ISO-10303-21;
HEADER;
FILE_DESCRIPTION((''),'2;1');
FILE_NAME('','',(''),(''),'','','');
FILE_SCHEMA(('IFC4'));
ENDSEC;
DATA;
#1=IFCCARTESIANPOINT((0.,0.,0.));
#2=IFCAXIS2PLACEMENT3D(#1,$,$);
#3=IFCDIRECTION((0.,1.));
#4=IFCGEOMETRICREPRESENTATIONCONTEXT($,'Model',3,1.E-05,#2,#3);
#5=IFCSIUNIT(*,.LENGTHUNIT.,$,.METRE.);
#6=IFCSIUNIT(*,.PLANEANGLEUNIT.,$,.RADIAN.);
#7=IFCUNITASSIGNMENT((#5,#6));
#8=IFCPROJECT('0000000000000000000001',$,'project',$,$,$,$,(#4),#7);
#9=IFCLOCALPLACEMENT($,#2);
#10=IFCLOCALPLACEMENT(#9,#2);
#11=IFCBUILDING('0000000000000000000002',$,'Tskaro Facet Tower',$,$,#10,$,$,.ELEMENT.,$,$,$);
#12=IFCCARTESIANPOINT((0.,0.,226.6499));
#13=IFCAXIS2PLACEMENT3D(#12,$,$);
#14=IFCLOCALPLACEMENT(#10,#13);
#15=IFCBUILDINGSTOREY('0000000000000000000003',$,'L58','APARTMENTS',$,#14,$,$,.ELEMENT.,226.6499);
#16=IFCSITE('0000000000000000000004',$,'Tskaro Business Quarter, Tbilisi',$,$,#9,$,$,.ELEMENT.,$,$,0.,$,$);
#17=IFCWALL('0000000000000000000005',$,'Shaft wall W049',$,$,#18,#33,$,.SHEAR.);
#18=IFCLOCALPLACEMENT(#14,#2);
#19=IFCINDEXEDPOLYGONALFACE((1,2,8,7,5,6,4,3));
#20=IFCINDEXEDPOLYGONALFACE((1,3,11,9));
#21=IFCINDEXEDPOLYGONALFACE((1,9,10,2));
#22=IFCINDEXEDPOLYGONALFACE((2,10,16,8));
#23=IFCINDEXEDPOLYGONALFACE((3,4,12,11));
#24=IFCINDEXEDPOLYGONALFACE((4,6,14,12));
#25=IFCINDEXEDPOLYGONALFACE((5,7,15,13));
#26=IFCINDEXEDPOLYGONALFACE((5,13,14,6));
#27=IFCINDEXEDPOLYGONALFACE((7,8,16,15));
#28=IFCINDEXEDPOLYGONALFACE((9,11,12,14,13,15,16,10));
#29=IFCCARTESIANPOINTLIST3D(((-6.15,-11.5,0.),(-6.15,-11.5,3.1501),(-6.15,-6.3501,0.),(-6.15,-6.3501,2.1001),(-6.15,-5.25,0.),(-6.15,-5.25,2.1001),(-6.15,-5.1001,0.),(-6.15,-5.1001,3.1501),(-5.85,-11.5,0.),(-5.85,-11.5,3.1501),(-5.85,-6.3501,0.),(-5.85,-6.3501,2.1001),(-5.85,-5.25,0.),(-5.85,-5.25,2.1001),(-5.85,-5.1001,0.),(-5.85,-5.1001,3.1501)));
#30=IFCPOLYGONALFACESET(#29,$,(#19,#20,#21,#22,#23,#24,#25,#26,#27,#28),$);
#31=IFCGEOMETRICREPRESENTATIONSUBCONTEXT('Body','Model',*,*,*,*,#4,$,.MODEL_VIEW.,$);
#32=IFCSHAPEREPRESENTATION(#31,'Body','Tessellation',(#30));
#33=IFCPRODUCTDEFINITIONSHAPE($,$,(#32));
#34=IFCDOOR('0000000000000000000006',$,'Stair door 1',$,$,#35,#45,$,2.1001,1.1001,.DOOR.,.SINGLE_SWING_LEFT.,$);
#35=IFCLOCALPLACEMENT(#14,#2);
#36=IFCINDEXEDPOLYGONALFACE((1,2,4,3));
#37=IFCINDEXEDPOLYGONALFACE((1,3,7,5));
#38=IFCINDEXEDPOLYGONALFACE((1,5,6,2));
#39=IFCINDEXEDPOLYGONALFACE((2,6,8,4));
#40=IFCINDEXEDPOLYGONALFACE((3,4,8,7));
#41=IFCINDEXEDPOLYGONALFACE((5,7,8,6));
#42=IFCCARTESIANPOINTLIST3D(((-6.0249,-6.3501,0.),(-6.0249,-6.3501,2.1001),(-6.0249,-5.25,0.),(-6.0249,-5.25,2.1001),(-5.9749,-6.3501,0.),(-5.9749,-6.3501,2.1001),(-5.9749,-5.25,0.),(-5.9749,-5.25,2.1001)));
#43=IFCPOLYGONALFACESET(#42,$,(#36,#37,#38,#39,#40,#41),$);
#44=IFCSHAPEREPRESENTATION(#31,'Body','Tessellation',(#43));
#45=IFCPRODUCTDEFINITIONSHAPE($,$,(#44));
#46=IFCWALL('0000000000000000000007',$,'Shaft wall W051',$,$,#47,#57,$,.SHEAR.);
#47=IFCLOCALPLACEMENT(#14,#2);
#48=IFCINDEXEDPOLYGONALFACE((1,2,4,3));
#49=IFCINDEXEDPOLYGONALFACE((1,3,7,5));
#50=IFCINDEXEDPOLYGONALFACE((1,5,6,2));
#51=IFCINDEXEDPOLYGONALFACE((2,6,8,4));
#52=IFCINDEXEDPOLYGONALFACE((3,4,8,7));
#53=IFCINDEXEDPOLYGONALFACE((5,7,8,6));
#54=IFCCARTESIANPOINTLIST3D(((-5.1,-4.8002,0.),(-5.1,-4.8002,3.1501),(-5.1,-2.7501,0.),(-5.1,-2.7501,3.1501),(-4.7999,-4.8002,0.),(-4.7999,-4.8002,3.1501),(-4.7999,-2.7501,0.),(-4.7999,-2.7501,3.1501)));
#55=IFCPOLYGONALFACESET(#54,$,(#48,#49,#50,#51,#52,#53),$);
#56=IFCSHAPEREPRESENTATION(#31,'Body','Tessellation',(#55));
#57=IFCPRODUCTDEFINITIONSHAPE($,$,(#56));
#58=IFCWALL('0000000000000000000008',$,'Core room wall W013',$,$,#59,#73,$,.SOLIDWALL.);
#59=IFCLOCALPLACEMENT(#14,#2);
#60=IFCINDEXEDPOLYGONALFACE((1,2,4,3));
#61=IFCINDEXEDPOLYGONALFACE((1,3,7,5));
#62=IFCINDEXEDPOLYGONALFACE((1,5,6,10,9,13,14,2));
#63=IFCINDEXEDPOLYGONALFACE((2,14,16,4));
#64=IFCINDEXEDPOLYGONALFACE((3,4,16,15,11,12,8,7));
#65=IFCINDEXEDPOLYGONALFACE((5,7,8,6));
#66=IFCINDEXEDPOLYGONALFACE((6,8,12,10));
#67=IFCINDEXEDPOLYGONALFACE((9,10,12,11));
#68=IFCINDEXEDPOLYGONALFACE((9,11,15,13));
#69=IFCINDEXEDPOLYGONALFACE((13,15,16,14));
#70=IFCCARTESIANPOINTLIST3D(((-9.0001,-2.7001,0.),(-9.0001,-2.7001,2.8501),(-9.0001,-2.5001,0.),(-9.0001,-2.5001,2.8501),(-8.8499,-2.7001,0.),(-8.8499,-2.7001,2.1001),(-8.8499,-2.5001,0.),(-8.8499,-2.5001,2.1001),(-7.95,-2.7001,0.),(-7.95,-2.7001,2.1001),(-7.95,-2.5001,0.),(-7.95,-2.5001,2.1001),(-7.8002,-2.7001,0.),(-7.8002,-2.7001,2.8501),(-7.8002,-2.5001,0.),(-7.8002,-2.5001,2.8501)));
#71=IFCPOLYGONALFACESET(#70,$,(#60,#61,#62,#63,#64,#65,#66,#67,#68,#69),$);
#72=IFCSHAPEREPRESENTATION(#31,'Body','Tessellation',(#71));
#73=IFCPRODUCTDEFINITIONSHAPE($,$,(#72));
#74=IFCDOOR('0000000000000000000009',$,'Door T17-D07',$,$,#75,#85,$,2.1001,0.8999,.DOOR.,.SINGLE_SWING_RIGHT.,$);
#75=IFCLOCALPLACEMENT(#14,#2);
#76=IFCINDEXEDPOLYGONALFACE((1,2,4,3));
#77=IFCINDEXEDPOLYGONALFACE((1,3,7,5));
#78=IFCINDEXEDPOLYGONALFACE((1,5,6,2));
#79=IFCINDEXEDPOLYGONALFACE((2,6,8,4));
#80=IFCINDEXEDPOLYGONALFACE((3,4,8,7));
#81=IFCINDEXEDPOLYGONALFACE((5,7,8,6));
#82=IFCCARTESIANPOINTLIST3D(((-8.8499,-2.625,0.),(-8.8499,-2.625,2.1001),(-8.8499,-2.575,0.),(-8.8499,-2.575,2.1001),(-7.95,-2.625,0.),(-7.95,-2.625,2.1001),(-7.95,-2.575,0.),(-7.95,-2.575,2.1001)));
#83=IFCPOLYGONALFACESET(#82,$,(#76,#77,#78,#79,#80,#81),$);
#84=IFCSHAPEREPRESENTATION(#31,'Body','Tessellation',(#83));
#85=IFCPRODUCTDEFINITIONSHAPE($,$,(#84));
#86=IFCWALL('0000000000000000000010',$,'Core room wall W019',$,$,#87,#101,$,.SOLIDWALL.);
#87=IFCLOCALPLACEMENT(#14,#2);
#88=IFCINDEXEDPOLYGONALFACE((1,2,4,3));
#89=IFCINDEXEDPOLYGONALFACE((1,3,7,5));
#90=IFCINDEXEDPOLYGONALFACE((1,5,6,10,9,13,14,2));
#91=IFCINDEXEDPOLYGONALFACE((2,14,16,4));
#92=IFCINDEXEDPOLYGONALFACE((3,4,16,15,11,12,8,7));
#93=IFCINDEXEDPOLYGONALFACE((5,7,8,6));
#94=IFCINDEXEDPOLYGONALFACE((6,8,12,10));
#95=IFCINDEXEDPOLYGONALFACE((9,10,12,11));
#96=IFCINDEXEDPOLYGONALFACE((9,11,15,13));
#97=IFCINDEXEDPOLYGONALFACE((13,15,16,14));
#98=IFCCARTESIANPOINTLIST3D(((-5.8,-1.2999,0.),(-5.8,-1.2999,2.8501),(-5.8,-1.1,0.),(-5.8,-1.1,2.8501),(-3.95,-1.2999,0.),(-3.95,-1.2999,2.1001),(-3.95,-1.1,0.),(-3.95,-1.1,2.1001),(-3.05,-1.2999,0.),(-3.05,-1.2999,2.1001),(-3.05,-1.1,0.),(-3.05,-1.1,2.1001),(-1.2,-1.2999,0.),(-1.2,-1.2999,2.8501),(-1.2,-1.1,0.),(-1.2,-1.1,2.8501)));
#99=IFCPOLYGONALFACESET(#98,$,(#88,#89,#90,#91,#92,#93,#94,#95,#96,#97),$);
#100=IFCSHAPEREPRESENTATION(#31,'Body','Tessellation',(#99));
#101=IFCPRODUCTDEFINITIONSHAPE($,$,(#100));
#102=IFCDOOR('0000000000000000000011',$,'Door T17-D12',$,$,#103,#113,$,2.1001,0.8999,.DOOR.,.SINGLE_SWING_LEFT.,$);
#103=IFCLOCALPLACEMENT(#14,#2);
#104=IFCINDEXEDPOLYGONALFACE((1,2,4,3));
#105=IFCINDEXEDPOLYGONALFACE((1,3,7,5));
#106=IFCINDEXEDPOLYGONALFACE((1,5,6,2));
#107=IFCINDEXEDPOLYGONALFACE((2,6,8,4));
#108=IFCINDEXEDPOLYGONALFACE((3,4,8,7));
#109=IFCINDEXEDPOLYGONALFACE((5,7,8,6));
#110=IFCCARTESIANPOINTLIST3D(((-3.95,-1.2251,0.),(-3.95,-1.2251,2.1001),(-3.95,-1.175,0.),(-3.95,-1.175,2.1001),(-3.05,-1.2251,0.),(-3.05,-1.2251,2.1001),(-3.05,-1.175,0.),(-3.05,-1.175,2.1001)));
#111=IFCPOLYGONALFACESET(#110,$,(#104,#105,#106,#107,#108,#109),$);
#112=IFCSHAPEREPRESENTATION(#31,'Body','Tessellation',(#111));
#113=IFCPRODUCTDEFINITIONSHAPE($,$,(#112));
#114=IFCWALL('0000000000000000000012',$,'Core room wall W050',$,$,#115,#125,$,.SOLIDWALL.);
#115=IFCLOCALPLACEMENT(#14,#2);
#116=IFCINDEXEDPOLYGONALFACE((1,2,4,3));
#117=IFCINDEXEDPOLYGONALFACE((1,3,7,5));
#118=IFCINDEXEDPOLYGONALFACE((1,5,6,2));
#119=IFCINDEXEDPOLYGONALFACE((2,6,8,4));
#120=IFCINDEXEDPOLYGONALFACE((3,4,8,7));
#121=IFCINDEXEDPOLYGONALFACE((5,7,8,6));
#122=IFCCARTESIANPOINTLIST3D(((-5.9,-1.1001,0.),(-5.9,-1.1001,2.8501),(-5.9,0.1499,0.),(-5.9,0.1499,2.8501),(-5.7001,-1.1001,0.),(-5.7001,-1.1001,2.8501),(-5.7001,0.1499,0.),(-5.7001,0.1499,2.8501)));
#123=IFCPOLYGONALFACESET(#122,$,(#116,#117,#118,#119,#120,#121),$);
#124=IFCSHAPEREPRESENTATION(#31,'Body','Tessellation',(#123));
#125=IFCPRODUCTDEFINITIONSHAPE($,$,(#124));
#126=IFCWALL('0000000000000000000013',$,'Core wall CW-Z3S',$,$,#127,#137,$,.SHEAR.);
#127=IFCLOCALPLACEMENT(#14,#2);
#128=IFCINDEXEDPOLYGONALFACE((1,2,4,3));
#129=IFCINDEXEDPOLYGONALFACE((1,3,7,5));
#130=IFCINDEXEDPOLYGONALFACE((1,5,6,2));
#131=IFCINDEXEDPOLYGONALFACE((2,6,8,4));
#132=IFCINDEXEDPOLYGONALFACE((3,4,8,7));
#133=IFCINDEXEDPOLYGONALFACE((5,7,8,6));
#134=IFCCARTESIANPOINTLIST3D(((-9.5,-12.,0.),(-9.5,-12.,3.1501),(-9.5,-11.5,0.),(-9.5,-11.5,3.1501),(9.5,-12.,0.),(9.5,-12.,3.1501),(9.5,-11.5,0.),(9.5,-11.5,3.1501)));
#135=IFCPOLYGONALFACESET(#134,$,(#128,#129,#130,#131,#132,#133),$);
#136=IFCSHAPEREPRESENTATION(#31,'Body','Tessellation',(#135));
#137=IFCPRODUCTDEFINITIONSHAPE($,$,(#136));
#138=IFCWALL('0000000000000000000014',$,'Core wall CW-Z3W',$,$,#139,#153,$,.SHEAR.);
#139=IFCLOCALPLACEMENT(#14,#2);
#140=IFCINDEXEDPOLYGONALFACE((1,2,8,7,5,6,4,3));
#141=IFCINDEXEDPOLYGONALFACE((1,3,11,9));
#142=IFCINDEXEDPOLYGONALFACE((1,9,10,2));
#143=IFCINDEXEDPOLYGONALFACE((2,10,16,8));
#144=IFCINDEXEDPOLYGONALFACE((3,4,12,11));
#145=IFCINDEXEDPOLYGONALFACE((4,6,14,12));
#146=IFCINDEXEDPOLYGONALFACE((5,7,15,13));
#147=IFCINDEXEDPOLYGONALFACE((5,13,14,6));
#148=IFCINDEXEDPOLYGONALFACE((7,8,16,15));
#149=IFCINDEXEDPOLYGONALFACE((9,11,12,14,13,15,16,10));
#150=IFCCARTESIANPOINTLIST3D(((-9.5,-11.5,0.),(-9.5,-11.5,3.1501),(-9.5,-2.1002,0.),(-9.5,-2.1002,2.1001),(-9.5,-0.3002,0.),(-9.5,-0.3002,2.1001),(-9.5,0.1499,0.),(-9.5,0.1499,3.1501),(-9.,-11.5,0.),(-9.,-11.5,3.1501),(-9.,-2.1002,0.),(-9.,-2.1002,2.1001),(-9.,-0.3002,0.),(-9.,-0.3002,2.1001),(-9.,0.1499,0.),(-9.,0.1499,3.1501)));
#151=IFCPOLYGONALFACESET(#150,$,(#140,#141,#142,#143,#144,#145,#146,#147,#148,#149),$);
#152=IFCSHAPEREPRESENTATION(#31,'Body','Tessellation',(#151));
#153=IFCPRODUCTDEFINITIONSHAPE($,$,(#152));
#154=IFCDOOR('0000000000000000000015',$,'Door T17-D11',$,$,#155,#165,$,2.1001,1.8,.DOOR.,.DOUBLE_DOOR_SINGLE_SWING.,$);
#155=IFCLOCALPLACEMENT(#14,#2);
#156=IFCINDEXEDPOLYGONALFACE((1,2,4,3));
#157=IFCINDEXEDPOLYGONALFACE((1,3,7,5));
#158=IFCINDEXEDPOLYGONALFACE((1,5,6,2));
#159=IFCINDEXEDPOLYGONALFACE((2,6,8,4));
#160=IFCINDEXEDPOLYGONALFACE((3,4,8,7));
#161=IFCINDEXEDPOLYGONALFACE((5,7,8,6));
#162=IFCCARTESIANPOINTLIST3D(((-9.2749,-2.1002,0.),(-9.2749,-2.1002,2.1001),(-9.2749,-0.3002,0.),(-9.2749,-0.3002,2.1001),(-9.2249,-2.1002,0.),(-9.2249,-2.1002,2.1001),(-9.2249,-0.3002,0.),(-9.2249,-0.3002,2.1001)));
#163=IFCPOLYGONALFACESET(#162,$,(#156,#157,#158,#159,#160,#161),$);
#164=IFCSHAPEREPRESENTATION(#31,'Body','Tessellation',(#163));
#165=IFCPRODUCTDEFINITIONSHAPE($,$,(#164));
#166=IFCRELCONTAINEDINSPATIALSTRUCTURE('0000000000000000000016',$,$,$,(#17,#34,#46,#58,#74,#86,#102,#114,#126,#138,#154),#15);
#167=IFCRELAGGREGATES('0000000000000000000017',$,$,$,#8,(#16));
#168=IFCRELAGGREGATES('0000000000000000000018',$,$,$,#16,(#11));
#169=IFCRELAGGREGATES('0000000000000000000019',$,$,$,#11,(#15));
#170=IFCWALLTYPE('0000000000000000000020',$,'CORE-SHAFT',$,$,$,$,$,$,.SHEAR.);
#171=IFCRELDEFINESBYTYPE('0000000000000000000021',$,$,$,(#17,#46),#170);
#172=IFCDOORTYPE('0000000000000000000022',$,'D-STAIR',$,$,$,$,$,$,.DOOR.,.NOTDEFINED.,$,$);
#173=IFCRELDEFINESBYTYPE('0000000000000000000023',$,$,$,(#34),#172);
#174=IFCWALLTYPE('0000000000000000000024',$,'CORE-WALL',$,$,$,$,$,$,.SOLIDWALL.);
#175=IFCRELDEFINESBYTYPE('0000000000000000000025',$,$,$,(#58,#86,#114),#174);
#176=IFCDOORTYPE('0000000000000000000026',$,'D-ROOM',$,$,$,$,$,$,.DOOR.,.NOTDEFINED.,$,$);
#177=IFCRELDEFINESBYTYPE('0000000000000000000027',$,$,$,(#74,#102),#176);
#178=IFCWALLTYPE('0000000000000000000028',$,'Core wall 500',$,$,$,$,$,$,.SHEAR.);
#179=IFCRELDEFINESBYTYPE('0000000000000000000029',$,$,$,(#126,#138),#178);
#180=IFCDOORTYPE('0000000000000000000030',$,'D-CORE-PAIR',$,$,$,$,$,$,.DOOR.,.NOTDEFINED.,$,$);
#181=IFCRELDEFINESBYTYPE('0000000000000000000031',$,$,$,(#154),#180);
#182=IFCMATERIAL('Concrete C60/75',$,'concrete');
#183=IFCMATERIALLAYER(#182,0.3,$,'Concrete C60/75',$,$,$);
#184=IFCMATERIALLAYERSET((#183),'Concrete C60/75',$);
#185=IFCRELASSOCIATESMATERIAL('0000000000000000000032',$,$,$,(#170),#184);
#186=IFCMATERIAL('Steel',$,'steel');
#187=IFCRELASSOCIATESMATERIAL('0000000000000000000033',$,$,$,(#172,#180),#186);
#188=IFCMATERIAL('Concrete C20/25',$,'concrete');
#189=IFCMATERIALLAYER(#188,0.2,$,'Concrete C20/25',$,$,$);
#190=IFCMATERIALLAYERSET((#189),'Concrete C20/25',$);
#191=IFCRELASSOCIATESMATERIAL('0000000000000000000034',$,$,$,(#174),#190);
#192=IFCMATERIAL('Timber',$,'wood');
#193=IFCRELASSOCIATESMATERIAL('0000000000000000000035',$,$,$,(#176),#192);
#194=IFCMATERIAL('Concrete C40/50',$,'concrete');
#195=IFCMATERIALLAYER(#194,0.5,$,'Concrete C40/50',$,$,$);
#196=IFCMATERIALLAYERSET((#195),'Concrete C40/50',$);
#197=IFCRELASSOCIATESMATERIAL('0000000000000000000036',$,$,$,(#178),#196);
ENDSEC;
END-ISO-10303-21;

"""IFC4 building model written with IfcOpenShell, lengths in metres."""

from ifc_helpers import new_model, si_unit, direction, frame, frame_2d, origin, place, context, subcontext, project, spatial, rectangle, extrude, material, layer, layer_set, type_object, element, fill, save


model = new_model("IFC4")

# Units and contexts
model_context = context("Model", 3, precision=1e-05, world=origin(), true_north=direction((0.0, 1.0)))
body_context = subcontext(model_context, "Body", "Model", "MODEL_VIEW")
ifc_project = project(units=[si_unit("LENGTHUNIT", "METRE"), si_unit("PLANEANGLEUNIT", "RADIAN")], contexts=[model_context])

# Site, building, storey
site_placement = place(None, origin())
site = spatial("IfcSite", under=ifc_project, at=site_placement, Name="Tskaro Business Quarter, Tbilisi", CompositionType="ELEMENT", RefElevation=0.0)
building_placement = place(site_placement, origin())
building = spatial("IfcBuilding", under=site, at=building_placement, Name="Tskaro Facet Tower", CompositionType="ELEMENT")
storey_placement = place(building_placement, frame((0.0, 0.0, 226.6499)))
storey = spatial("IfcBuildingStorey", under=building, at=storey_placement, Name="L58", Description="APARTMENTS", CompositionType="ELEMENT", Elevation=226.6499)

# Shared definitions
ifc_material_1 = material(Name="Concrete C60/75", Category="concrete")
ifc_layer_1 = layer(ifc_material_1, 0.3, Name="Concrete C60/75")
ifc_layer_set_1 = layer_set([ifc_layer_1], Name="Concrete C60/75")
wall_type_1 = type_object("IfcWallType", Name="CORE-SHAFT", PredefinedType="SHEAR", material=ifc_layer_set_1)

# Wall, opening, door
wall_1_placement = place(storey_placement, frame((-6.0, -11.5, 0.0), z_axis=(0.0, 0.0, 1.0), x_axis=(0.0, 1.0, 0.0)))
wall_1 = element("IfcWall", 1, at=wall_1_placement, inside=storey, type_object=wall_type_1, Name="Shaft wall W049", PredefinedType="SHEAR", context=body_context, shape_type="SweptSolid", body=[
    extrude(rectangle(XDim=6.3999, YDim=0.3, at=frame_2d((3.2, 0.0))), origin(), (0.0, 0.0, 1.0), 3.1501),
])
opening_1_placement = place(wall_1_placement, frame((5.1499, 0.0, 0.0)))
opening_1 = element("IfcOpeningElement", 2, at=opening_1_placement, cuts=wall_1, PredefinedType="OPENING", context=body_context, shape_type="SweptSolid", body=[
    extrude(rectangle(XDim=1.1001, YDim=2.1001, at=frame_2d((0.55, 1.05))), frame((0.0, 0.1599, 0.0), z_axis=(0.0, -1.0, 0.0), x_axis=(1.0, 0.0, 0.0)), (0.0, 0.0, 1.0), 0.3201),
])
ifc_material_2 = material(Name="Steel", Category="steel")
door_type_1 = type_object("IfcDoorType", Name="D-STAIR", OperationType="NOTDEFINED", PredefinedType="DOOR", material=ifc_material_2)
door_1_placement = place(opening_1_placement, origin())
door_1 = element("IfcDoor", 3, at=door_1_placement, inside=storey, type_object=door_type_1, Name="Stair door 1", OperationType="SINGLE_SWING_LEFT", OverallHeight=2.1001, OverallWidth=1.1001, PredefinedType="DOOR", context=body_context, shape_type="SweptSolid", body=[
    extrude(rectangle(XDim=1.1001, YDim=2.1001, at=frame_2d((0.55, 1.05))), frame((0.0, 0.0249, 0.0), z_axis=(0.0, -1.0, 0.0), x_axis=(1.0, 0.0, 0.0)), (0.0, 0.0, 1.0), 0.05),
])
fill(opening_1, door_1)

# Wall
wall_2_placement = place(storey_placement, frame((-4.95, -4.8, 0.0), z_axis=(0.0, 0.0, 1.0), x_axis=(0.0, 1.0, 0.0)))
element("IfcWall", 4, at=wall_2_placement, inside=storey, type_object=wall_type_1, Name="Shaft wall W051", PredefinedType="SHEAR", context=body_context, shape_type="SweptSolid", body=[
    extrude(rectangle(XDim=2.05, YDim=0.3, at=frame_2d((1.0249, 0.0))), origin(), (0.0, 0.0, 1.0), 3.1501),
])

# Walls, openings, doors
ifc_material_3 = material(Name="Concrete C20/25", Category="concrete")
ifc_layer_2 = layer(ifc_material_3, 0.2, Name="Concrete C20/25")
ifc_layer_set_2 = layer_set([ifc_layer_2], Name="Concrete C20/25")
wall_type_2 = type_object("IfcWallType", Name="CORE-WALL", PredefinedType="SOLIDWALL", material=ifc_layer_set_2)
wall_3_placement = place(storey_placement, frame((-7.8, -2.6001, 0.0), z_axis=(0.0, 0.0, 1.0), x_axis=(-1.0, 0.0, 0.0)))
wall_3 = element("IfcWall", 5, at=wall_3_placement, inside=storey, type_object=wall_type_2, Name="Core room wall W013", PredefinedType="SOLIDWALL", context=body_context, shape_type="SweptSolid", body=[
    extrude(rectangle(XDim=1.2, YDim=0.2, at=frame_2d((0.6001, 0.0))), origin(), (0.0, 0.0, 1.0), 2.8501),
])
opening_2_placement = place(wall_3_placement, frame((0.1499, 0.0, 0.0)))
opening_2 = element("IfcOpeningElement", 6, at=opening_2_placement, cuts=wall_3, PredefinedType="OPENING", context=body_context, shape_type="SweptSolid", body=[
    extrude(rectangle(XDim=0.8999, YDim=2.1001, at=frame_2d((0.45, 1.05))), frame((0.0, 0.1099, 0.0), z_axis=(0.0, -1.0, 0.0), x_axis=(1.0, 0.0, 0.0)), (0.0, 0.0, 1.0), 0.22),
])
ifc_material_4 = material(Name="Timber", Category="wood")
door_type_2 = type_object("IfcDoorType", Name="D-ROOM", OperationType="NOTDEFINED", PredefinedType="DOOR", material=ifc_material_4)
door_2_placement = place(opening_2_placement, origin())
door_2 = element("IfcDoor", 7, at=door_2_placement, inside=storey, type_object=door_type_2, Name="Door T17-D07", OperationType="SINGLE_SWING_RIGHT", OverallHeight=2.1001, OverallWidth=0.8999, PredefinedType="DOOR", context=body_context, shape_type="SweptSolid", body=[
    extrude(rectangle(XDim=0.8999, YDim=2.1001, at=frame_2d((0.45, 1.05))), frame((0.0, 0.0249, 0.0), z_axis=(0.0, -1.0, 0.0), x_axis=(1.0, 0.0, 0.0)), (0.0, 0.0, 1.0), 0.05),
])
fill(opening_2, door_2)
wall_4_placement = place(storey_placement, frame((-5.8, -1.2, 0.0), z_axis=(0.0, 0.0, 1.0), x_axis=(1.0, 0.0, 0.0)))
wall_4 = element("IfcWall", 8, at=wall_4_placement, inside=storey, type_object=wall_type_2, Name="Core room wall W019", PredefinedType="SOLIDWALL", context=body_context, shape_type="SweptSolid", body=[
    extrude(rectangle(XDim=4.6001, YDim=0.2, at=frame_2d((2.3, 0.0))), origin(), (0.0, 0.0, 1.0), 2.8501),
])
opening_3_placement = place(wall_4_placement, frame((1.8501, 0.0, 0.0)))
opening_3 = element("IfcOpeningElement", 9, at=opening_3_placement, cuts=wall_4, PredefinedType="OPENING", context=body_context, shape_type="SweptSolid", body=[
    extrude(rectangle(XDim=0.8999, YDim=2.1001, at=frame_2d((0.45, 1.05))), frame((0.0, 0.1099, 0.0), z_axis=(0.0, -1.0, 0.0), x_axis=(1.0, 0.0, 0.0)), (0.0, 0.0, 1.0), 0.22),
])
door_3_placement = place(opening_3_placement, origin())
door_3 = element("IfcDoor", 10, at=door_3_placement, inside=storey, type_object=door_type_2, Name="Door T17-D12", OperationType="SINGLE_SWING_LEFT", OverallHeight=2.1001, OverallWidth=0.8999, PredefinedType="DOOR", context=body_context, shape_type="SweptSolid", body=[
    extrude(rectangle(XDim=0.8999, YDim=2.1001, at=frame_2d((0.45, 1.05))), frame((0.0, 0.0249, 0.0), z_axis=(0.0, -1.0, 0.0), x_axis=(1.0, 0.0, 0.0)), (0.0, 0.0, 1.0), 0.05),
])
fill(opening_3, door_3)

# Walls
wall_5_placement = place(storey_placement, frame((-5.8, -1.1001, 0.0), z_axis=(0.0, 0.0, 1.0), x_axis=(0.0, 1.0, 0.0)))
element("IfcWall", 11, at=wall_5_placement, inside=storey, type_object=wall_type_2, Name="Core room wall W050", PredefinedType="SOLIDWALL", context=body_context, shape_type="SweptSolid", body=[
    extrude(rectangle(XDim=1.25, YDim=0.2, at=frame_2d((0.625, 0.0))), origin(), (0.0, 0.0, 1.0), 2.8501),
])
ifc_material_5 = material(Name="Concrete C40/50", Category="concrete")
ifc_layer_3 = layer(ifc_material_5, 0.5, Name="Concrete C40/50")
ifc_layer_set_3 = layer_set([ifc_layer_3], Name="Concrete C40/50")
wall_type_3 = type_object("IfcWallType", Name="Core wall 500", PredefinedType="SHEAR", material=ifc_layer_set_3)
wall_6_placement = place(storey_placement, frame((-9.5, -11.75, 0.0), z_axis=(0.0, 0.0, 1.0), x_axis=(1.0, 0.0, 0.0)))
element("IfcWall", 12, at=wall_6_placement, inside=storey, type_object=wall_type_3, Name="Core wall CW-Z3S", PredefinedType="SHEAR", context=body_context, shape_type="SweptSolid", body=[
    extrude(rectangle(XDim=19.0, YDim=0.5, at=frame_2d((9.5, 0.0))), origin(), (0.0, 0.0, 1.0), 3.1501),
])

# Wall, opening, door
wall_7_placement = place(storey_placement, frame((-9.25, -11.5, 0.0), z_axis=(0.0, 0.0, 1.0), x_axis=(0.0, 1.0, 0.0)))
wall_7 = element("IfcWall", 13, at=wall_7_placement, inside=storey, type_object=wall_type_3, Name="Core wall CW-Z3W", PredefinedType="SHEAR", context=body_context, shape_type="SweptSolid", body=[
    extrude(rectangle(XDim=11.6499, YDim=0.5, at=frame_2d((5.825, 0.0))), origin(), (0.0, 0.0, 1.0), 3.1501),
])
opening_4_placement = place(wall_7_placement, frame((9.3999, 0.0, 0.0)))
opening_4 = element("IfcOpeningElement", 14, at=opening_4_placement, cuts=wall_7, PredefinedType="OPENING", context=body_context, shape_type="SweptSolid", body=[
    extrude(rectangle(XDim=1.8, YDim=2.1001, at=frame_2d((0.8999, 1.05))), frame((0.0, 0.26, 0.0), z_axis=(0.0, -1.0, 0.0), x_axis=(1.0, 0.0, 0.0)), (0.0, 0.0, 1.0), 0.52),
])
door_type_3 = type_object("IfcDoorType", Name="D-CORE-PAIR", OperationType="NOTDEFINED", PredefinedType="DOOR", material=ifc_material_2)
door_4_placement = place(opening_4_placement, origin())
door_4 = element("IfcDoor", 15, at=door_4_placement, inside=storey, type_object=door_type_3, Name="Door T17-D11", OperationType="DOUBLE_DOOR_SINGLE_SWING", OverallHeight=2.1001, OverallWidth=1.8, PredefinedType="DOOR", context=body_context, shape_type="SweptSolid", body=[
    extrude(rectangle(XDim=1.8, YDim=2.1001, at=frame_2d((0.8999, 1.05))), frame((0.0, 0.0249, 0.0), z_axis=(0.0, -1.0, 0.0), x_axis=(1.0, 0.0, 0.0)), (0.0, 0.0, 1.0), 0.05),
])
fill(opening_4, door_4)

save(model, "model.ifc")
